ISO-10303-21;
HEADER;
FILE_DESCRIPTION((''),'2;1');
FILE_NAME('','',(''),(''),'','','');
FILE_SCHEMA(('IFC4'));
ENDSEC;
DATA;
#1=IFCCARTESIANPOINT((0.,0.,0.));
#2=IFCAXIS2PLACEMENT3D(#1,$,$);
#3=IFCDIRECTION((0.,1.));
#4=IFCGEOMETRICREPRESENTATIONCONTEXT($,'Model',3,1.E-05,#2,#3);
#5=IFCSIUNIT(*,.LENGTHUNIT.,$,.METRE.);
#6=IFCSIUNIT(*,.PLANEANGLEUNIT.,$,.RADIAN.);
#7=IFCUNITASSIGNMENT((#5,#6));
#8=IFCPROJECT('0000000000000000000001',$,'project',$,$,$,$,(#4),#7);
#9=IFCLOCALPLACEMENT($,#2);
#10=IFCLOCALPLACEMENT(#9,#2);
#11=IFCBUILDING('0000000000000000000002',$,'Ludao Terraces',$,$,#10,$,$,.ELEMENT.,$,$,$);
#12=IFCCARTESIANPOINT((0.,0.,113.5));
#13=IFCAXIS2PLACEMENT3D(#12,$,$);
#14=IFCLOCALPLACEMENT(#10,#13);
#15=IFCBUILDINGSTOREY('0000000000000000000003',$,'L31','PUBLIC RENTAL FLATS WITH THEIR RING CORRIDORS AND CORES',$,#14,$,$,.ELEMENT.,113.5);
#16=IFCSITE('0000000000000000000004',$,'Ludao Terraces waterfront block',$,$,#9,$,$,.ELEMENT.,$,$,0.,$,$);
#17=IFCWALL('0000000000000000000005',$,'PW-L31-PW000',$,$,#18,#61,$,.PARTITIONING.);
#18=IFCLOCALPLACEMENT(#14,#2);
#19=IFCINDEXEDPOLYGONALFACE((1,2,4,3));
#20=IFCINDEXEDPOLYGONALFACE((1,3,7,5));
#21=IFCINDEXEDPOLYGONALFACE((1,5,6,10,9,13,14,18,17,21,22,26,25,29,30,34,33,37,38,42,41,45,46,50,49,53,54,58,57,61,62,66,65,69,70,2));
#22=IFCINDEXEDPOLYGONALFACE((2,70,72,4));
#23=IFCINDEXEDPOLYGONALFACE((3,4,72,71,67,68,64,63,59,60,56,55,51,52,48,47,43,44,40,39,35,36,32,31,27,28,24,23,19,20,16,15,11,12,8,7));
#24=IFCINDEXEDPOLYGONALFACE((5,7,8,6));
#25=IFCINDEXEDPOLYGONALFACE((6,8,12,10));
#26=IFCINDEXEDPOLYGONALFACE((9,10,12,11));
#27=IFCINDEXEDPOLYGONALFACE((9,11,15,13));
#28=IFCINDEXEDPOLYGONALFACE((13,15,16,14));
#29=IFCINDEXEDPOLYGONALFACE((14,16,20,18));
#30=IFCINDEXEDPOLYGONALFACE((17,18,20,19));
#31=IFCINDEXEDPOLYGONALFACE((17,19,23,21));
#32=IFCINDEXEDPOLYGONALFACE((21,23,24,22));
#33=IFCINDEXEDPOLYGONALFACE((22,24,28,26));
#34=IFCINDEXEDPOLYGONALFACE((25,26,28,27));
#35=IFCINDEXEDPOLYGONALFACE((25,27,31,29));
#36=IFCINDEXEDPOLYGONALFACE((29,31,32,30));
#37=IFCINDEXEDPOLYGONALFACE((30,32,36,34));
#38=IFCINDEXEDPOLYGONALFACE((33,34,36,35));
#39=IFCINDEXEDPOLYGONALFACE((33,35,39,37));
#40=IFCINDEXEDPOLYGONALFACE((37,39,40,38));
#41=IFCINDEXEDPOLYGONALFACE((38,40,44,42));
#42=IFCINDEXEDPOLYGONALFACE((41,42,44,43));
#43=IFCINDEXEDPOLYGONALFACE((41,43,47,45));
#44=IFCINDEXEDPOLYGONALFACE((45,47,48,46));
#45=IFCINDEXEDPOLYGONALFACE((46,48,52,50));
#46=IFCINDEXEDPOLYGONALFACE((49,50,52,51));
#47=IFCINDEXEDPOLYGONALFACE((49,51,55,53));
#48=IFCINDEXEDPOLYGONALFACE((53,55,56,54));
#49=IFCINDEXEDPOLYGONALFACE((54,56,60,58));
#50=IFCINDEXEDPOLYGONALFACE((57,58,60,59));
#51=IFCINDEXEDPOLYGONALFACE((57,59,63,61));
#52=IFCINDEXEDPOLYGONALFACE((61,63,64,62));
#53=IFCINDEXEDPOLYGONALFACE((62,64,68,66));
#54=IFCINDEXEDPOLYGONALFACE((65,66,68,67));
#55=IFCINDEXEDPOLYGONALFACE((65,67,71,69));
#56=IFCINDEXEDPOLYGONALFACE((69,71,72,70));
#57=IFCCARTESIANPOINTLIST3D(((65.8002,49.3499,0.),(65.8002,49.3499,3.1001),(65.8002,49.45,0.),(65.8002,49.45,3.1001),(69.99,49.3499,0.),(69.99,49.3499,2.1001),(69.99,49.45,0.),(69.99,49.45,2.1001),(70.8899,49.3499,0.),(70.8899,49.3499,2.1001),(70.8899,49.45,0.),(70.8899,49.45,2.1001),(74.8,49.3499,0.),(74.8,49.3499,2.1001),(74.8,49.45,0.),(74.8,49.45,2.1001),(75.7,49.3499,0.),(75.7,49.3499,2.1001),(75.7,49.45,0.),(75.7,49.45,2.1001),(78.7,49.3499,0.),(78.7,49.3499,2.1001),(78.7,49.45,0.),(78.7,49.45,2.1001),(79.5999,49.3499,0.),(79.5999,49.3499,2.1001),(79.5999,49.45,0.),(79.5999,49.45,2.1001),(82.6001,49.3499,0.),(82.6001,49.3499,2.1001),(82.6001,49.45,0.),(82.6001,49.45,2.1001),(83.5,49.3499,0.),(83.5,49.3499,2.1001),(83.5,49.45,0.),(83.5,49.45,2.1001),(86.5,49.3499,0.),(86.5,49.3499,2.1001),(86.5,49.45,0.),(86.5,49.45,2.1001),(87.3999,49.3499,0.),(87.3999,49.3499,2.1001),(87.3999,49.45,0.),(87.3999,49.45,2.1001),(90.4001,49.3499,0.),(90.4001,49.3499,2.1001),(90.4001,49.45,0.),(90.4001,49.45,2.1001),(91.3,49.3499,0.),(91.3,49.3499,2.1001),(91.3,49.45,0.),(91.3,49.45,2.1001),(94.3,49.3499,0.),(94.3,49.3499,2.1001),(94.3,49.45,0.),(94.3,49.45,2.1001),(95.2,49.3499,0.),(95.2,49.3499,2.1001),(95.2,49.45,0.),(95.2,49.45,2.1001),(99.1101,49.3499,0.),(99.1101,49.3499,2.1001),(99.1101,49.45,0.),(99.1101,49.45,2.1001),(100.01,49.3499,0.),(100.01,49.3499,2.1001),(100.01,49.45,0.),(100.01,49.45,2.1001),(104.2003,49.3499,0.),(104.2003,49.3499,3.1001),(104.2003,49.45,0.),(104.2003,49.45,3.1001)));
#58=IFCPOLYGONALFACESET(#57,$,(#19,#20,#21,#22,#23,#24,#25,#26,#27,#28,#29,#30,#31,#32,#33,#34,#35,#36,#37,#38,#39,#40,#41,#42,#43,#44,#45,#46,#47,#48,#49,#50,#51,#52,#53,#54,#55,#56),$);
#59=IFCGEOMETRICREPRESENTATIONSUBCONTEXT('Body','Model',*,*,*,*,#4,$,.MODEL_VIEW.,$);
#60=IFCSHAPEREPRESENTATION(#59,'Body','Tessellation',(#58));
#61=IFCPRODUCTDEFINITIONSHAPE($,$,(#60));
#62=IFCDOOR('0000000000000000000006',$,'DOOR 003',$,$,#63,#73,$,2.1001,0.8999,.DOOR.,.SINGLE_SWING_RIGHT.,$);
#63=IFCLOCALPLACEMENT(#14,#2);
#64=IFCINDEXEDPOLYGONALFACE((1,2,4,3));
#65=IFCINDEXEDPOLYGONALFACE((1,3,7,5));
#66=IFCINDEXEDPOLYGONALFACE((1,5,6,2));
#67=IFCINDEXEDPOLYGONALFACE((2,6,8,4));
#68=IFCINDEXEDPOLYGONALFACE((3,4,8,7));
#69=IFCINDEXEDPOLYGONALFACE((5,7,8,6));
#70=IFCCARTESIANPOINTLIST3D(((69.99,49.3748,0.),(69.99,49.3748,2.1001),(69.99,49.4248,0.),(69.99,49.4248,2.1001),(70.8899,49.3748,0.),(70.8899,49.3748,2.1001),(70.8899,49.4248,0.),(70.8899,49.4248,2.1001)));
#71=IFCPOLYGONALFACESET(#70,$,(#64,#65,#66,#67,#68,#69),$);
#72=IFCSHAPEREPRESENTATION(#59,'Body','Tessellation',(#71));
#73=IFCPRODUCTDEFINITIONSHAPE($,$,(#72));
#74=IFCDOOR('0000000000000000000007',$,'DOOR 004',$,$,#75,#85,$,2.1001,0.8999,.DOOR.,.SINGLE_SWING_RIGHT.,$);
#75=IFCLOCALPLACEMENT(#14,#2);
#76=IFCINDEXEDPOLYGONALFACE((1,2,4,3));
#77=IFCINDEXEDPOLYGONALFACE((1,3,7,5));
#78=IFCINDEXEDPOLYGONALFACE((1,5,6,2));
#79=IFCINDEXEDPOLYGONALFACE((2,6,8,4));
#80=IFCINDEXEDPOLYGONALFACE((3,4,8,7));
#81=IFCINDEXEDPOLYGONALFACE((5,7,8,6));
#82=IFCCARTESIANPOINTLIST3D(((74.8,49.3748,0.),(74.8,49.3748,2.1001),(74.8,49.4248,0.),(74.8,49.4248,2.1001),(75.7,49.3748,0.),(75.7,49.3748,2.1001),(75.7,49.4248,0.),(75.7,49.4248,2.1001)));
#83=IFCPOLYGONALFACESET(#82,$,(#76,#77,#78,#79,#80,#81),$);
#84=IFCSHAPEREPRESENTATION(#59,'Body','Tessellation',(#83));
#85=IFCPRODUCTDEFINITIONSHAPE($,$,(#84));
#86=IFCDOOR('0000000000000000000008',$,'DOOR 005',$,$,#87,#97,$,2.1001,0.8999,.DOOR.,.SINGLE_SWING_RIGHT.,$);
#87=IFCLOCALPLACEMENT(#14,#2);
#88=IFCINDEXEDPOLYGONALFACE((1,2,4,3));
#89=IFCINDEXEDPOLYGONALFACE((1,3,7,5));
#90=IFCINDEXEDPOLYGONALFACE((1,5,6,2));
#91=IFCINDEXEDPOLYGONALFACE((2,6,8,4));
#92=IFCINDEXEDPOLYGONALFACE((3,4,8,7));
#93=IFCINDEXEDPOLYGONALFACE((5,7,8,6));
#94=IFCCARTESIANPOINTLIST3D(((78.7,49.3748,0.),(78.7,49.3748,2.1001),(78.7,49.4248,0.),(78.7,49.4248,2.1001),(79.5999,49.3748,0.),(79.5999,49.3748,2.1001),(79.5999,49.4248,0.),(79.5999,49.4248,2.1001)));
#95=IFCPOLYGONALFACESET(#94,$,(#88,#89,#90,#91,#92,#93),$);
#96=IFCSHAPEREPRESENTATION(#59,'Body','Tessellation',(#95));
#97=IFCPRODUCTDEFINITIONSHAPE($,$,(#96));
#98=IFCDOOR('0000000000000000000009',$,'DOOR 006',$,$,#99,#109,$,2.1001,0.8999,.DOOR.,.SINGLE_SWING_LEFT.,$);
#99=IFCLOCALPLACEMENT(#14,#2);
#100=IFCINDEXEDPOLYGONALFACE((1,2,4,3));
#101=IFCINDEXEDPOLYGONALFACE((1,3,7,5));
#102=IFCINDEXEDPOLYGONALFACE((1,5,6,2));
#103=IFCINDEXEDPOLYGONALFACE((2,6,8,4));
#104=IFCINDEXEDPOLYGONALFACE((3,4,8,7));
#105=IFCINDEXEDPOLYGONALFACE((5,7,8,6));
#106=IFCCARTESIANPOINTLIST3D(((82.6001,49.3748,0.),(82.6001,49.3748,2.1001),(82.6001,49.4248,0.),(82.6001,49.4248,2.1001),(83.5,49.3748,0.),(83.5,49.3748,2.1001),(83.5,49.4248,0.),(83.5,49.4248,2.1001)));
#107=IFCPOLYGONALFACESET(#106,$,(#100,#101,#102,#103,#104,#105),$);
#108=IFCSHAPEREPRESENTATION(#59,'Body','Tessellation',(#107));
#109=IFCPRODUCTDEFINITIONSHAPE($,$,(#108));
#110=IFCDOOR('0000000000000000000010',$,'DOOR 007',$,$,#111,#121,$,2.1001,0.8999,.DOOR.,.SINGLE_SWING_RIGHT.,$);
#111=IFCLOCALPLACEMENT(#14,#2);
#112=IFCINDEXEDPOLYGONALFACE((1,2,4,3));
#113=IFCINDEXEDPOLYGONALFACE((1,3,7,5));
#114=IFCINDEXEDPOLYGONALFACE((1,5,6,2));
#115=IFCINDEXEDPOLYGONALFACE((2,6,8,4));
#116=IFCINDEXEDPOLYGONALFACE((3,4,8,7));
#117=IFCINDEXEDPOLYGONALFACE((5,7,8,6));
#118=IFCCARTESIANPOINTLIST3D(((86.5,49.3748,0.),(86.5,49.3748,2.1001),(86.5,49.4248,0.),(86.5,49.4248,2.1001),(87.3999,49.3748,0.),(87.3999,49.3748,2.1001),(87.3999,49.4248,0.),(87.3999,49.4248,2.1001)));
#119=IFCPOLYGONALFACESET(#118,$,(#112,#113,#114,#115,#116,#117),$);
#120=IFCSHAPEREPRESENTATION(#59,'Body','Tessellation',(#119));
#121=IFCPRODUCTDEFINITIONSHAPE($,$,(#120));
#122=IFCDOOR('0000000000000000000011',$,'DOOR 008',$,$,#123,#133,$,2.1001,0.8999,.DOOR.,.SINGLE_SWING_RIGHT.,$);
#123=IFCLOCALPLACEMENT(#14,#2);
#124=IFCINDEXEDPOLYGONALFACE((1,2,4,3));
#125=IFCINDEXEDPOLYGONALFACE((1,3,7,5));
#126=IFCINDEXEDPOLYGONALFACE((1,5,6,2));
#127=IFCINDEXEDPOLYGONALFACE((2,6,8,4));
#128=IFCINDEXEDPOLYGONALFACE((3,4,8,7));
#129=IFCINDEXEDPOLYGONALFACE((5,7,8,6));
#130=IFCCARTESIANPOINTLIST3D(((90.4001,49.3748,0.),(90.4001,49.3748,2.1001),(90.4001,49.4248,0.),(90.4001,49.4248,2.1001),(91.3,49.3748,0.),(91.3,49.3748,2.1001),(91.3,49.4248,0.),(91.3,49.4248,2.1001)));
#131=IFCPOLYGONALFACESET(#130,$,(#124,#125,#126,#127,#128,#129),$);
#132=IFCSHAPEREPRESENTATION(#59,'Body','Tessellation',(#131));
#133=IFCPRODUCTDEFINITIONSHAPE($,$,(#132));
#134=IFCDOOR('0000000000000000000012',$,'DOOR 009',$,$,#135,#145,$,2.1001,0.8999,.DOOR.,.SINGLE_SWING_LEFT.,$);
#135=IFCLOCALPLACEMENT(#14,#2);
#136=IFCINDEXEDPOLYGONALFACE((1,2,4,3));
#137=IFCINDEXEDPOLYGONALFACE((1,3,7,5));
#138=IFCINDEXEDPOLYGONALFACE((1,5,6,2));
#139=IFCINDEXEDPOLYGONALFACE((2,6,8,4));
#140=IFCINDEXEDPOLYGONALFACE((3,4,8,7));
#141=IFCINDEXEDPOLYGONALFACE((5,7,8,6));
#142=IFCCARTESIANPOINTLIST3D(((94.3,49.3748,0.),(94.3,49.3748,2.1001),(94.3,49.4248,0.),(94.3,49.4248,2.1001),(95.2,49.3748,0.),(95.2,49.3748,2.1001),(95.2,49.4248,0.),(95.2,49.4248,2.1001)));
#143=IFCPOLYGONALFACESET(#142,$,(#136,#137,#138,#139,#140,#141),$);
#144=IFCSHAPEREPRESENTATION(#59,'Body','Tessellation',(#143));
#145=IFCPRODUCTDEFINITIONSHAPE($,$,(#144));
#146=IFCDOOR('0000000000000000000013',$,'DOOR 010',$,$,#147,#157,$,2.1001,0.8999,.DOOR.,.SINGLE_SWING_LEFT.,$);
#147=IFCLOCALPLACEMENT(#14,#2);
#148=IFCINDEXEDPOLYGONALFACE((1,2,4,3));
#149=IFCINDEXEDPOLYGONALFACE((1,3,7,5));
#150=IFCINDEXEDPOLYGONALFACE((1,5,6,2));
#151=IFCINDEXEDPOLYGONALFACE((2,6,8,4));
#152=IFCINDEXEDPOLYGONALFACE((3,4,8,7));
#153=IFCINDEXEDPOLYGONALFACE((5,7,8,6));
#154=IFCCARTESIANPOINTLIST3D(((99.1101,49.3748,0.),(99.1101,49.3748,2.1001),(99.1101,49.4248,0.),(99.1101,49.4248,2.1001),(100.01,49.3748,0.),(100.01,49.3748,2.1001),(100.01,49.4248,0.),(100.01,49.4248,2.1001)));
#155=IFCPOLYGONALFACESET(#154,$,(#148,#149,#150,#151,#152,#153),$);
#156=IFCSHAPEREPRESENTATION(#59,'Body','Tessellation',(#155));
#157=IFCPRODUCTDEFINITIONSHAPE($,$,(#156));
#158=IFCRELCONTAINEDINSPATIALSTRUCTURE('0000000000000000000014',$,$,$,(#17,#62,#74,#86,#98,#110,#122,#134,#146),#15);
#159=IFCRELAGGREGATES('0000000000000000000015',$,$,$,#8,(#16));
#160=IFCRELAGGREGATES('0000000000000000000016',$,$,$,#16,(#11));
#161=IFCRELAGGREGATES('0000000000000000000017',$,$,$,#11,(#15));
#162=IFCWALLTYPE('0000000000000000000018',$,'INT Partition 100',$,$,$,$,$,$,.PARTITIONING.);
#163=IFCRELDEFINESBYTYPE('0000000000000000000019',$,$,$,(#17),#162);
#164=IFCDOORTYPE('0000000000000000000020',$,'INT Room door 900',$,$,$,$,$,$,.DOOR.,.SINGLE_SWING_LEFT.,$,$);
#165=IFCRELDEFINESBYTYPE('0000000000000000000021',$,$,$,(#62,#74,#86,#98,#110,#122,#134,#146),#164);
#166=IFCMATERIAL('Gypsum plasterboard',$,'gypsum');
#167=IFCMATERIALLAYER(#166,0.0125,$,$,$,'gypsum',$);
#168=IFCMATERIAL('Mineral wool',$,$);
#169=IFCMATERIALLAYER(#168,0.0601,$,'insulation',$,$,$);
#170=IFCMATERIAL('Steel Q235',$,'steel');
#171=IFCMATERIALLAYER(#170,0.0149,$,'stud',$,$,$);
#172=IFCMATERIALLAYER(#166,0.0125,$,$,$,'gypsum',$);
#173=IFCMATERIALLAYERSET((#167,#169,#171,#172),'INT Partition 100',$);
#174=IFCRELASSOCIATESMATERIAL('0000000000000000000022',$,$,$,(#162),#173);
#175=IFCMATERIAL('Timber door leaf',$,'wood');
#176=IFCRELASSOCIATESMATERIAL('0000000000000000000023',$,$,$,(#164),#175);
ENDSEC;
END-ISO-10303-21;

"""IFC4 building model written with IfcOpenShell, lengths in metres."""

from ifc_helpers import new_model, si_unit, direction, frame, frame_2d, origin, place, context, subcontext, project, spatial, rectangle, extrude, material, layer, layer_set, type_object, element, fill, save


model = new_model("IFC4")

# Units and contexts
model_context = context("Model", 3, precision=1e-05, world=origin(), true_north=direction((0.0, 1.0)))
body_context = subcontext(model_context, "Body", "Model", "MODEL_VIEW")
ifc_project = project(units=[si_unit("LENGTHUNIT", "METRE"), si_unit("PLANEANGLEUNIT", "RADIAN")], contexts=[model_context])

# Site, building, storey
site_placement = place(None, origin())
site = spatial("IfcSite", under=ifc_project, at=site_placement, Name="Ludao Terraces waterfront block", CompositionType="ELEMENT", RefElevation=0.0)
building_placement = place(site_placement, origin())
building = spatial("IfcBuilding", under=site, at=building_placement, Name="Ludao Terraces", CompositionType="ELEMENT")
storey_placement = place(building_placement, frame((0.0, 0.0, 113.5)))
storey = spatial("IfcBuildingStorey", under=building, at=storey_placement, Name="L31", Description="PUBLIC RENTAL FLATS WITH THEIR RING CORRIDORS AND CORES", CompositionType="ELEMENT", Elevation=113.5)

# Shared definitions
ifc_material_1 = material(Name="Mineral wool")

# Wall, openings, doors
ifc_material_2 = material(Name="Gypsum plasterboard", Category="gypsum")
ifc_layer_1 = layer(ifc_material_2, 0.0125, Category="gypsum")
ifc_layer_2 = layer(ifc_material_1, 0.0601, Name="insulation")
ifc_material_3 = material(Name="Steel Q235", Category="steel")
ifc_layer_3 = layer(ifc_material_3, 0.0149, Name="stud")
ifc_layer_4 = layer(ifc_material_2, 0.0125, Category="gypsum")
ifc_layer_set_1 = layer_set([ifc_layer_1, ifc_layer_2, ifc_layer_3, ifc_layer_4], Name="INT Partition 100")
wall_type_1 = type_object("IfcWallType", Name="INT Partition 100", PredefinedType="PARTITIONING", material=ifc_layer_set_1)
wall_1_placement = place(storey_placement, frame((65.8, 49.3999, 0.0), z_axis=(0.0, 0.0, 1.0), x_axis=(1.0, 0.0, 0.0)))
wall_1 = element("IfcWall", 1, at=wall_1_placement, inside=storey, type_object=wall_type_1, Name="PW-L31-PW000", PredefinedType="PARTITIONING", context=body_context, shape_type="SweptSolid", body=[
    extrude(rectangle(XDim=38.4001, YDim=0.1001, at=frame_2d((19.2002, 0.0))), origin(), (0.0, 0.0, 1.0), 3.1001),
])
opening_1_placement = place(wall_1_placement, frame((4.1899, 0.0, 0.0)))
opening_1 = element("IfcOpeningElement", 2, at=opening_1_placement, cuts=wall_1, PredefinedType="OPENING", context=body_context, shape_type="SweptSolid", body=[
    extrude(rectangle(XDim=0.8999, YDim=2.1001, at=frame_2d((0.45, 1.05))), frame((0.0, 0.0601, 0.0), z_axis=(0.0, -1.0, 0.0), x_axis=(1.0, 0.0, 0.0)), (0.0, 0.0, 1.0), 0.1201),
])
opening_2_placement = place(wall_1_placement, frame((9.0, 0.0, 0.0)))
opening_2 = element("IfcOpeningElement", 3, at=opening_2_placement, cuts=wall_1, PredefinedType="OPENING", context=body_context, shape_type="SweptSolid", body=[
    extrude(rectangle(XDim=0.8999, YDim=2.1001, at=frame_2d((0.45, 1.05))), frame((0.0, 0.0601, 0.0), z_axis=(0.0, -1.0, 0.0), x_axis=(1.0, 0.0, 0.0)), (0.0, 0.0, 1.0), 0.1201),
])
opening_3_placement = place(wall_1_placement, frame((12.8999, 0.0, 0.0)))
opening_3 = element("IfcOpeningElement", 4, at=opening_3_placement, cuts=wall_1, PredefinedType="OPENING", context=body_context, shape_type="SweptSolid", body=[
    extrude(rectangle(XDim=0.8999, YDim=2.1001, at=frame_2d((0.45, 1.05))), frame((0.0, 0.0601, 0.0), z_axis=(0.0, -1.0, 0.0), x_axis=(1.0, 0.0, 0.0)), (0.0, 0.0, 1.0), 0.1201),
])
opening_4_placement = place(wall_1_placement, frame((16.8, 0.0, 0.0)))
opening_4 = element("IfcOpeningElement", 5, at=opening_4_placement, cuts=wall_1, PredefinedType="OPENING", context=body_context, shape_type="SweptSolid", body=[
    extrude(rectangle(XDim=0.8999, YDim=2.1001, at=frame_2d((0.45, 1.05))), frame((0.0, 0.0601, 0.0), z_axis=(0.0, -1.0, 0.0), x_axis=(1.0, 0.0, 0.0)), (0.0, 0.0, 1.0), 0.1201),
])
opening_5_placement = place(wall_1_placement, frame((20.7, 0.0, 0.0)))
opening_5 = element("IfcOpeningElement", 6, at=opening_5_placement, cuts=wall_1, PredefinedType="OPENING", context=body_context, shape_type="SweptSolid", body=[
    extrude(rectangle(XDim=0.8999, YDim=2.1001, at=frame_2d((0.45, 1.05))), frame((0.0, 0.0601, 0.0), z_axis=(0.0, -1.0, 0.0), x_axis=(1.0, 0.0, 0.0)), (0.0, 0.0, 1.0), 0.1201),
])
opening_6_placement = place(wall_1_placement, frame((24.6001, 0.0, 0.0)))
opening_6 = element("IfcOpeningElement", 7, at=opening_6_placement, cuts=wall_1, PredefinedType="OPENING", context=body_context, shape_type="SweptSolid", body=[
    extrude(rectangle(XDim=0.8999, YDim=2.1001, at=frame_2d((0.45, 1.05))), frame((0.0, 0.0601, 0.0), z_axis=(0.0, -1.0, 0.0), x_axis=(1.0, 0.0, 0.0)), (0.0, 0.0, 1.0), 0.1201),
])
opening_7_placement = place(wall_1_placement, frame((28.5, 0.0, 0.0)))
opening_7 = element("IfcOpeningElement", 8, at=opening_7_placement, cuts=wall_1, PredefinedType="OPENING", context=body_context, shape_type="SweptSolid", body=[
    extrude(rectangle(XDim=0.8999, YDim=2.1001, at=frame_2d((0.45, 1.05))), frame((0.0, 0.0601, 0.0), z_axis=(0.0, -1.0, 0.0), x_axis=(1.0, 0.0, 0.0)), (0.0, 0.0, 1.0), 0.1201),
])
opening_8_placement = place(wall_1_placement, frame((33.3101, 0.0, 0.0)))
opening_8 = element("IfcOpeningElement", 9, at=opening_8_placement, cuts=wall_1, PredefinedType="OPENING", context=body_context, shape_type="SweptSolid", body=[
    extrude(rectangle(XDim=0.8999, YDim=2.1001, at=frame_2d((0.45, 1.05))), frame((0.0, 0.0601, 0.0), z_axis=(0.0, -1.0, 0.0), x_axis=(1.0, 0.0, 0.0)), (0.0, 0.0, 1.0), 0.1201),
])
ifc_material_4 = material(Name="Timber door leaf", Category="wood")
door_type = type_object("IfcDoorType", Name="INT Room door 900", OperationType="SINGLE_SWING_LEFT", PredefinedType="DOOR", material=ifc_material_4)
door_1_placement = place(opening_1_placement, origin())
door_1 = element("IfcDoor", 10, at=door_1_placement, inside=storey, type_object=door_type, Name="DOOR 003", OperationType="SINGLE_SWING_RIGHT", OverallHeight=2.1001, OverallWidth=0.8999, PredefinedType="DOOR", context=body_context, shape_type="SweptSolid", body=[
    extrude(rectangle(XDim=0.8999, YDim=2.1001, at=frame_2d((0.45, 1.05))), frame((0.0, 0.0249, 0.0), z_axis=(0.0, -1.0, 0.0), x_axis=(1.0, 0.0, 0.0)), (0.0, 0.0, 1.0), 0.05),
])
fill(opening_1, door_1)
door_2_placement = place(opening_2_placement, origin())
door_2 = element("IfcDoor", 11, at=door_2_placement, inside=storey, type_object=door_type, Name="DOOR 004", OperationType="SINGLE_SWING_RIGHT", OverallHeight=2.1001, OverallWidth=0.8999, PredefinedType="DOOR", context=body_context, shape_type="SweptSolid", body=[
    extrude(rectangle(XDim=0.8999, YDim=2.1001, at=frame_2d((0.45, 1.05))), frame((0.0, 0.0249, 0.0), z_axis=(0.0, -1.0, 0.0), x_axis=(1.0, 0.0, 0.0)), (0.0, 0.0, 1.0), 0.05),
])
fill(opening_2, door_2)
door_3_placement = place(opening_3_placement, origin())
door_3 = element("IfcDoor", 12, at=door_3_placement, inside=storey, type_object=door_type, Name="DOOR 005", OperationType="SINGLE_SWING_RIGHT", OverallHeight=2.1001, OverallWidth=0.8999, PredefinedType="DOOR", context=body_context, shape_type="SweptSolid", body=[
    extrude(rectangle(XDim=0.8999, YDim=2.1001, at=frame_2d((0.45, 1.05))), frame((0.0, 0.0249, 0.0), z_axis=(0.0, -1.0, 0.0), x_axis=(1.0, 0.0, 0.0)), (0.0, 0.0, 1.0), 0.05),
])
fill(opening_3, door_3)
door_4_placement = place(opening_4_placement, origin())
door_4 = element("IfcDoor", 13, at=door_4_placement, inside=storey, type_object=door_type, Name="DOOR 006", OperationType="SINGLE_SWING_LEFT", OverallHeight=2.1001, OverallWidth=0.8999, PredefinedType="DOOR", context=body_context, shape_type="SweptSolid", body=[
    extrude(rectangle(XDim=0.8999, YDim=2.1001, at=frame_2d((0.45, 1.05))), frame((0.0, 0.0249, 0.0), z_axis=(0.0, -1.0, 0.0), x_axis=(1.0, 0.0, 0.0)), (0.0, 0.0, 1.0), 0.05),
])
fill(opening_4, door_4)
door_5_placement = place(opening_5_placement, origin())
door_5 = element("IfcDoor", 14, at=door_5_placement, inside=storey, type_object=door_type, Name="DOOR 007", OperationType="SINGLE_SWING_RIGHT", OverallHeight=2.1001, OverallWidth=0.8999, PredefinedType="DOOR", context=body_context, shape_type="SweptSolid", body=[
    extrude(rectangle(XDim=0.8999, YDim=2.1001, at=frame_2d((0.45, 1.05))), frame((0.0, 0.0249, 0.0), z_axis=(0.0, -1.0, 0.0), x_axis=(1.0, 0.0, 0.0)), (0.0, 0.0, 1.0), 0.05),
])
fill(opening_5, door_5)
door_6_placement = place(opening_6_placement, origin())
door_6 = element("IfcDoor", 15, at=door_6_placement, inside=storey, type_object=door_type, Name="DOOR 008", OperationType="SINGLE_SWING_RIGHT", OverallHeight=2.1001, OverallWidth=0.8999, PredefinedType="DOOR", context=body_context, shape_type="SweptSolid", body=[
    extrude(rectangle(XDim=0.8999, YDim=2.1001, at=frame_2d((0.45, 1.05))), frame((0.0, 0.0249, 0.0), z_axis=(0.0, -1.0, 0.0), x_axis=(1.0, 0.0, 0.0)), (0.0, 0.0, 1.0), 0.05),
])
fill(opening_6, door_6)
door_7_placement = place(opening_7_placement, origin())
door_7 = element("IfcDoor", 16, at=door_7_placement, inside=storey, type_object=door_type, Name="DOOR 009", OperationType="SINGLE_SWING_LEFT", OverallHeight=2.1001, OverallWidth=0.8999, PredefinedType="DOOR", context=body_context, shape_type="SweptSolid", body=[
    extrude(rectangle(XDim=0.8999, YDim=2.1001, at=frame_2d((0.45, 1.05))), frame((0.0, 0.0249, 0.0), z_axis=(0.0, -1.0, 0.0), x_axis=(1.0, 0.0, 0.0)), (0.0, 0.0, 1.0), 0.05),
])
fill(opening_7, door_7)
door_8_placement = place(opening_8_placement, origin())
door_8 = element("IfcDoor", 17, at=door_8_placement, inside=storey, type_object=door_type, Name="DOOR 010", OperationType="SINGLE_SWING_LEFT", OverallHeight=2.1001, OverallWidth=0.8999, PredefinedType="DOOR", context=body_context, shape_type="SweptSolid", body=[
    extrude(rectangle(XDim=0.8999, YDim=2.1001, at=frame_2d((0.45, 1.05))), frame((0.0, 0.0249, 0.0), z_axis=(0.0, -1.0, 0.0), x_axis=(1.0, 0.0, 0.0)), (0.0, 0.0, 1.0), 0.05),
])
fill(opening_8, door_8)

save(model, "model.ifc")
